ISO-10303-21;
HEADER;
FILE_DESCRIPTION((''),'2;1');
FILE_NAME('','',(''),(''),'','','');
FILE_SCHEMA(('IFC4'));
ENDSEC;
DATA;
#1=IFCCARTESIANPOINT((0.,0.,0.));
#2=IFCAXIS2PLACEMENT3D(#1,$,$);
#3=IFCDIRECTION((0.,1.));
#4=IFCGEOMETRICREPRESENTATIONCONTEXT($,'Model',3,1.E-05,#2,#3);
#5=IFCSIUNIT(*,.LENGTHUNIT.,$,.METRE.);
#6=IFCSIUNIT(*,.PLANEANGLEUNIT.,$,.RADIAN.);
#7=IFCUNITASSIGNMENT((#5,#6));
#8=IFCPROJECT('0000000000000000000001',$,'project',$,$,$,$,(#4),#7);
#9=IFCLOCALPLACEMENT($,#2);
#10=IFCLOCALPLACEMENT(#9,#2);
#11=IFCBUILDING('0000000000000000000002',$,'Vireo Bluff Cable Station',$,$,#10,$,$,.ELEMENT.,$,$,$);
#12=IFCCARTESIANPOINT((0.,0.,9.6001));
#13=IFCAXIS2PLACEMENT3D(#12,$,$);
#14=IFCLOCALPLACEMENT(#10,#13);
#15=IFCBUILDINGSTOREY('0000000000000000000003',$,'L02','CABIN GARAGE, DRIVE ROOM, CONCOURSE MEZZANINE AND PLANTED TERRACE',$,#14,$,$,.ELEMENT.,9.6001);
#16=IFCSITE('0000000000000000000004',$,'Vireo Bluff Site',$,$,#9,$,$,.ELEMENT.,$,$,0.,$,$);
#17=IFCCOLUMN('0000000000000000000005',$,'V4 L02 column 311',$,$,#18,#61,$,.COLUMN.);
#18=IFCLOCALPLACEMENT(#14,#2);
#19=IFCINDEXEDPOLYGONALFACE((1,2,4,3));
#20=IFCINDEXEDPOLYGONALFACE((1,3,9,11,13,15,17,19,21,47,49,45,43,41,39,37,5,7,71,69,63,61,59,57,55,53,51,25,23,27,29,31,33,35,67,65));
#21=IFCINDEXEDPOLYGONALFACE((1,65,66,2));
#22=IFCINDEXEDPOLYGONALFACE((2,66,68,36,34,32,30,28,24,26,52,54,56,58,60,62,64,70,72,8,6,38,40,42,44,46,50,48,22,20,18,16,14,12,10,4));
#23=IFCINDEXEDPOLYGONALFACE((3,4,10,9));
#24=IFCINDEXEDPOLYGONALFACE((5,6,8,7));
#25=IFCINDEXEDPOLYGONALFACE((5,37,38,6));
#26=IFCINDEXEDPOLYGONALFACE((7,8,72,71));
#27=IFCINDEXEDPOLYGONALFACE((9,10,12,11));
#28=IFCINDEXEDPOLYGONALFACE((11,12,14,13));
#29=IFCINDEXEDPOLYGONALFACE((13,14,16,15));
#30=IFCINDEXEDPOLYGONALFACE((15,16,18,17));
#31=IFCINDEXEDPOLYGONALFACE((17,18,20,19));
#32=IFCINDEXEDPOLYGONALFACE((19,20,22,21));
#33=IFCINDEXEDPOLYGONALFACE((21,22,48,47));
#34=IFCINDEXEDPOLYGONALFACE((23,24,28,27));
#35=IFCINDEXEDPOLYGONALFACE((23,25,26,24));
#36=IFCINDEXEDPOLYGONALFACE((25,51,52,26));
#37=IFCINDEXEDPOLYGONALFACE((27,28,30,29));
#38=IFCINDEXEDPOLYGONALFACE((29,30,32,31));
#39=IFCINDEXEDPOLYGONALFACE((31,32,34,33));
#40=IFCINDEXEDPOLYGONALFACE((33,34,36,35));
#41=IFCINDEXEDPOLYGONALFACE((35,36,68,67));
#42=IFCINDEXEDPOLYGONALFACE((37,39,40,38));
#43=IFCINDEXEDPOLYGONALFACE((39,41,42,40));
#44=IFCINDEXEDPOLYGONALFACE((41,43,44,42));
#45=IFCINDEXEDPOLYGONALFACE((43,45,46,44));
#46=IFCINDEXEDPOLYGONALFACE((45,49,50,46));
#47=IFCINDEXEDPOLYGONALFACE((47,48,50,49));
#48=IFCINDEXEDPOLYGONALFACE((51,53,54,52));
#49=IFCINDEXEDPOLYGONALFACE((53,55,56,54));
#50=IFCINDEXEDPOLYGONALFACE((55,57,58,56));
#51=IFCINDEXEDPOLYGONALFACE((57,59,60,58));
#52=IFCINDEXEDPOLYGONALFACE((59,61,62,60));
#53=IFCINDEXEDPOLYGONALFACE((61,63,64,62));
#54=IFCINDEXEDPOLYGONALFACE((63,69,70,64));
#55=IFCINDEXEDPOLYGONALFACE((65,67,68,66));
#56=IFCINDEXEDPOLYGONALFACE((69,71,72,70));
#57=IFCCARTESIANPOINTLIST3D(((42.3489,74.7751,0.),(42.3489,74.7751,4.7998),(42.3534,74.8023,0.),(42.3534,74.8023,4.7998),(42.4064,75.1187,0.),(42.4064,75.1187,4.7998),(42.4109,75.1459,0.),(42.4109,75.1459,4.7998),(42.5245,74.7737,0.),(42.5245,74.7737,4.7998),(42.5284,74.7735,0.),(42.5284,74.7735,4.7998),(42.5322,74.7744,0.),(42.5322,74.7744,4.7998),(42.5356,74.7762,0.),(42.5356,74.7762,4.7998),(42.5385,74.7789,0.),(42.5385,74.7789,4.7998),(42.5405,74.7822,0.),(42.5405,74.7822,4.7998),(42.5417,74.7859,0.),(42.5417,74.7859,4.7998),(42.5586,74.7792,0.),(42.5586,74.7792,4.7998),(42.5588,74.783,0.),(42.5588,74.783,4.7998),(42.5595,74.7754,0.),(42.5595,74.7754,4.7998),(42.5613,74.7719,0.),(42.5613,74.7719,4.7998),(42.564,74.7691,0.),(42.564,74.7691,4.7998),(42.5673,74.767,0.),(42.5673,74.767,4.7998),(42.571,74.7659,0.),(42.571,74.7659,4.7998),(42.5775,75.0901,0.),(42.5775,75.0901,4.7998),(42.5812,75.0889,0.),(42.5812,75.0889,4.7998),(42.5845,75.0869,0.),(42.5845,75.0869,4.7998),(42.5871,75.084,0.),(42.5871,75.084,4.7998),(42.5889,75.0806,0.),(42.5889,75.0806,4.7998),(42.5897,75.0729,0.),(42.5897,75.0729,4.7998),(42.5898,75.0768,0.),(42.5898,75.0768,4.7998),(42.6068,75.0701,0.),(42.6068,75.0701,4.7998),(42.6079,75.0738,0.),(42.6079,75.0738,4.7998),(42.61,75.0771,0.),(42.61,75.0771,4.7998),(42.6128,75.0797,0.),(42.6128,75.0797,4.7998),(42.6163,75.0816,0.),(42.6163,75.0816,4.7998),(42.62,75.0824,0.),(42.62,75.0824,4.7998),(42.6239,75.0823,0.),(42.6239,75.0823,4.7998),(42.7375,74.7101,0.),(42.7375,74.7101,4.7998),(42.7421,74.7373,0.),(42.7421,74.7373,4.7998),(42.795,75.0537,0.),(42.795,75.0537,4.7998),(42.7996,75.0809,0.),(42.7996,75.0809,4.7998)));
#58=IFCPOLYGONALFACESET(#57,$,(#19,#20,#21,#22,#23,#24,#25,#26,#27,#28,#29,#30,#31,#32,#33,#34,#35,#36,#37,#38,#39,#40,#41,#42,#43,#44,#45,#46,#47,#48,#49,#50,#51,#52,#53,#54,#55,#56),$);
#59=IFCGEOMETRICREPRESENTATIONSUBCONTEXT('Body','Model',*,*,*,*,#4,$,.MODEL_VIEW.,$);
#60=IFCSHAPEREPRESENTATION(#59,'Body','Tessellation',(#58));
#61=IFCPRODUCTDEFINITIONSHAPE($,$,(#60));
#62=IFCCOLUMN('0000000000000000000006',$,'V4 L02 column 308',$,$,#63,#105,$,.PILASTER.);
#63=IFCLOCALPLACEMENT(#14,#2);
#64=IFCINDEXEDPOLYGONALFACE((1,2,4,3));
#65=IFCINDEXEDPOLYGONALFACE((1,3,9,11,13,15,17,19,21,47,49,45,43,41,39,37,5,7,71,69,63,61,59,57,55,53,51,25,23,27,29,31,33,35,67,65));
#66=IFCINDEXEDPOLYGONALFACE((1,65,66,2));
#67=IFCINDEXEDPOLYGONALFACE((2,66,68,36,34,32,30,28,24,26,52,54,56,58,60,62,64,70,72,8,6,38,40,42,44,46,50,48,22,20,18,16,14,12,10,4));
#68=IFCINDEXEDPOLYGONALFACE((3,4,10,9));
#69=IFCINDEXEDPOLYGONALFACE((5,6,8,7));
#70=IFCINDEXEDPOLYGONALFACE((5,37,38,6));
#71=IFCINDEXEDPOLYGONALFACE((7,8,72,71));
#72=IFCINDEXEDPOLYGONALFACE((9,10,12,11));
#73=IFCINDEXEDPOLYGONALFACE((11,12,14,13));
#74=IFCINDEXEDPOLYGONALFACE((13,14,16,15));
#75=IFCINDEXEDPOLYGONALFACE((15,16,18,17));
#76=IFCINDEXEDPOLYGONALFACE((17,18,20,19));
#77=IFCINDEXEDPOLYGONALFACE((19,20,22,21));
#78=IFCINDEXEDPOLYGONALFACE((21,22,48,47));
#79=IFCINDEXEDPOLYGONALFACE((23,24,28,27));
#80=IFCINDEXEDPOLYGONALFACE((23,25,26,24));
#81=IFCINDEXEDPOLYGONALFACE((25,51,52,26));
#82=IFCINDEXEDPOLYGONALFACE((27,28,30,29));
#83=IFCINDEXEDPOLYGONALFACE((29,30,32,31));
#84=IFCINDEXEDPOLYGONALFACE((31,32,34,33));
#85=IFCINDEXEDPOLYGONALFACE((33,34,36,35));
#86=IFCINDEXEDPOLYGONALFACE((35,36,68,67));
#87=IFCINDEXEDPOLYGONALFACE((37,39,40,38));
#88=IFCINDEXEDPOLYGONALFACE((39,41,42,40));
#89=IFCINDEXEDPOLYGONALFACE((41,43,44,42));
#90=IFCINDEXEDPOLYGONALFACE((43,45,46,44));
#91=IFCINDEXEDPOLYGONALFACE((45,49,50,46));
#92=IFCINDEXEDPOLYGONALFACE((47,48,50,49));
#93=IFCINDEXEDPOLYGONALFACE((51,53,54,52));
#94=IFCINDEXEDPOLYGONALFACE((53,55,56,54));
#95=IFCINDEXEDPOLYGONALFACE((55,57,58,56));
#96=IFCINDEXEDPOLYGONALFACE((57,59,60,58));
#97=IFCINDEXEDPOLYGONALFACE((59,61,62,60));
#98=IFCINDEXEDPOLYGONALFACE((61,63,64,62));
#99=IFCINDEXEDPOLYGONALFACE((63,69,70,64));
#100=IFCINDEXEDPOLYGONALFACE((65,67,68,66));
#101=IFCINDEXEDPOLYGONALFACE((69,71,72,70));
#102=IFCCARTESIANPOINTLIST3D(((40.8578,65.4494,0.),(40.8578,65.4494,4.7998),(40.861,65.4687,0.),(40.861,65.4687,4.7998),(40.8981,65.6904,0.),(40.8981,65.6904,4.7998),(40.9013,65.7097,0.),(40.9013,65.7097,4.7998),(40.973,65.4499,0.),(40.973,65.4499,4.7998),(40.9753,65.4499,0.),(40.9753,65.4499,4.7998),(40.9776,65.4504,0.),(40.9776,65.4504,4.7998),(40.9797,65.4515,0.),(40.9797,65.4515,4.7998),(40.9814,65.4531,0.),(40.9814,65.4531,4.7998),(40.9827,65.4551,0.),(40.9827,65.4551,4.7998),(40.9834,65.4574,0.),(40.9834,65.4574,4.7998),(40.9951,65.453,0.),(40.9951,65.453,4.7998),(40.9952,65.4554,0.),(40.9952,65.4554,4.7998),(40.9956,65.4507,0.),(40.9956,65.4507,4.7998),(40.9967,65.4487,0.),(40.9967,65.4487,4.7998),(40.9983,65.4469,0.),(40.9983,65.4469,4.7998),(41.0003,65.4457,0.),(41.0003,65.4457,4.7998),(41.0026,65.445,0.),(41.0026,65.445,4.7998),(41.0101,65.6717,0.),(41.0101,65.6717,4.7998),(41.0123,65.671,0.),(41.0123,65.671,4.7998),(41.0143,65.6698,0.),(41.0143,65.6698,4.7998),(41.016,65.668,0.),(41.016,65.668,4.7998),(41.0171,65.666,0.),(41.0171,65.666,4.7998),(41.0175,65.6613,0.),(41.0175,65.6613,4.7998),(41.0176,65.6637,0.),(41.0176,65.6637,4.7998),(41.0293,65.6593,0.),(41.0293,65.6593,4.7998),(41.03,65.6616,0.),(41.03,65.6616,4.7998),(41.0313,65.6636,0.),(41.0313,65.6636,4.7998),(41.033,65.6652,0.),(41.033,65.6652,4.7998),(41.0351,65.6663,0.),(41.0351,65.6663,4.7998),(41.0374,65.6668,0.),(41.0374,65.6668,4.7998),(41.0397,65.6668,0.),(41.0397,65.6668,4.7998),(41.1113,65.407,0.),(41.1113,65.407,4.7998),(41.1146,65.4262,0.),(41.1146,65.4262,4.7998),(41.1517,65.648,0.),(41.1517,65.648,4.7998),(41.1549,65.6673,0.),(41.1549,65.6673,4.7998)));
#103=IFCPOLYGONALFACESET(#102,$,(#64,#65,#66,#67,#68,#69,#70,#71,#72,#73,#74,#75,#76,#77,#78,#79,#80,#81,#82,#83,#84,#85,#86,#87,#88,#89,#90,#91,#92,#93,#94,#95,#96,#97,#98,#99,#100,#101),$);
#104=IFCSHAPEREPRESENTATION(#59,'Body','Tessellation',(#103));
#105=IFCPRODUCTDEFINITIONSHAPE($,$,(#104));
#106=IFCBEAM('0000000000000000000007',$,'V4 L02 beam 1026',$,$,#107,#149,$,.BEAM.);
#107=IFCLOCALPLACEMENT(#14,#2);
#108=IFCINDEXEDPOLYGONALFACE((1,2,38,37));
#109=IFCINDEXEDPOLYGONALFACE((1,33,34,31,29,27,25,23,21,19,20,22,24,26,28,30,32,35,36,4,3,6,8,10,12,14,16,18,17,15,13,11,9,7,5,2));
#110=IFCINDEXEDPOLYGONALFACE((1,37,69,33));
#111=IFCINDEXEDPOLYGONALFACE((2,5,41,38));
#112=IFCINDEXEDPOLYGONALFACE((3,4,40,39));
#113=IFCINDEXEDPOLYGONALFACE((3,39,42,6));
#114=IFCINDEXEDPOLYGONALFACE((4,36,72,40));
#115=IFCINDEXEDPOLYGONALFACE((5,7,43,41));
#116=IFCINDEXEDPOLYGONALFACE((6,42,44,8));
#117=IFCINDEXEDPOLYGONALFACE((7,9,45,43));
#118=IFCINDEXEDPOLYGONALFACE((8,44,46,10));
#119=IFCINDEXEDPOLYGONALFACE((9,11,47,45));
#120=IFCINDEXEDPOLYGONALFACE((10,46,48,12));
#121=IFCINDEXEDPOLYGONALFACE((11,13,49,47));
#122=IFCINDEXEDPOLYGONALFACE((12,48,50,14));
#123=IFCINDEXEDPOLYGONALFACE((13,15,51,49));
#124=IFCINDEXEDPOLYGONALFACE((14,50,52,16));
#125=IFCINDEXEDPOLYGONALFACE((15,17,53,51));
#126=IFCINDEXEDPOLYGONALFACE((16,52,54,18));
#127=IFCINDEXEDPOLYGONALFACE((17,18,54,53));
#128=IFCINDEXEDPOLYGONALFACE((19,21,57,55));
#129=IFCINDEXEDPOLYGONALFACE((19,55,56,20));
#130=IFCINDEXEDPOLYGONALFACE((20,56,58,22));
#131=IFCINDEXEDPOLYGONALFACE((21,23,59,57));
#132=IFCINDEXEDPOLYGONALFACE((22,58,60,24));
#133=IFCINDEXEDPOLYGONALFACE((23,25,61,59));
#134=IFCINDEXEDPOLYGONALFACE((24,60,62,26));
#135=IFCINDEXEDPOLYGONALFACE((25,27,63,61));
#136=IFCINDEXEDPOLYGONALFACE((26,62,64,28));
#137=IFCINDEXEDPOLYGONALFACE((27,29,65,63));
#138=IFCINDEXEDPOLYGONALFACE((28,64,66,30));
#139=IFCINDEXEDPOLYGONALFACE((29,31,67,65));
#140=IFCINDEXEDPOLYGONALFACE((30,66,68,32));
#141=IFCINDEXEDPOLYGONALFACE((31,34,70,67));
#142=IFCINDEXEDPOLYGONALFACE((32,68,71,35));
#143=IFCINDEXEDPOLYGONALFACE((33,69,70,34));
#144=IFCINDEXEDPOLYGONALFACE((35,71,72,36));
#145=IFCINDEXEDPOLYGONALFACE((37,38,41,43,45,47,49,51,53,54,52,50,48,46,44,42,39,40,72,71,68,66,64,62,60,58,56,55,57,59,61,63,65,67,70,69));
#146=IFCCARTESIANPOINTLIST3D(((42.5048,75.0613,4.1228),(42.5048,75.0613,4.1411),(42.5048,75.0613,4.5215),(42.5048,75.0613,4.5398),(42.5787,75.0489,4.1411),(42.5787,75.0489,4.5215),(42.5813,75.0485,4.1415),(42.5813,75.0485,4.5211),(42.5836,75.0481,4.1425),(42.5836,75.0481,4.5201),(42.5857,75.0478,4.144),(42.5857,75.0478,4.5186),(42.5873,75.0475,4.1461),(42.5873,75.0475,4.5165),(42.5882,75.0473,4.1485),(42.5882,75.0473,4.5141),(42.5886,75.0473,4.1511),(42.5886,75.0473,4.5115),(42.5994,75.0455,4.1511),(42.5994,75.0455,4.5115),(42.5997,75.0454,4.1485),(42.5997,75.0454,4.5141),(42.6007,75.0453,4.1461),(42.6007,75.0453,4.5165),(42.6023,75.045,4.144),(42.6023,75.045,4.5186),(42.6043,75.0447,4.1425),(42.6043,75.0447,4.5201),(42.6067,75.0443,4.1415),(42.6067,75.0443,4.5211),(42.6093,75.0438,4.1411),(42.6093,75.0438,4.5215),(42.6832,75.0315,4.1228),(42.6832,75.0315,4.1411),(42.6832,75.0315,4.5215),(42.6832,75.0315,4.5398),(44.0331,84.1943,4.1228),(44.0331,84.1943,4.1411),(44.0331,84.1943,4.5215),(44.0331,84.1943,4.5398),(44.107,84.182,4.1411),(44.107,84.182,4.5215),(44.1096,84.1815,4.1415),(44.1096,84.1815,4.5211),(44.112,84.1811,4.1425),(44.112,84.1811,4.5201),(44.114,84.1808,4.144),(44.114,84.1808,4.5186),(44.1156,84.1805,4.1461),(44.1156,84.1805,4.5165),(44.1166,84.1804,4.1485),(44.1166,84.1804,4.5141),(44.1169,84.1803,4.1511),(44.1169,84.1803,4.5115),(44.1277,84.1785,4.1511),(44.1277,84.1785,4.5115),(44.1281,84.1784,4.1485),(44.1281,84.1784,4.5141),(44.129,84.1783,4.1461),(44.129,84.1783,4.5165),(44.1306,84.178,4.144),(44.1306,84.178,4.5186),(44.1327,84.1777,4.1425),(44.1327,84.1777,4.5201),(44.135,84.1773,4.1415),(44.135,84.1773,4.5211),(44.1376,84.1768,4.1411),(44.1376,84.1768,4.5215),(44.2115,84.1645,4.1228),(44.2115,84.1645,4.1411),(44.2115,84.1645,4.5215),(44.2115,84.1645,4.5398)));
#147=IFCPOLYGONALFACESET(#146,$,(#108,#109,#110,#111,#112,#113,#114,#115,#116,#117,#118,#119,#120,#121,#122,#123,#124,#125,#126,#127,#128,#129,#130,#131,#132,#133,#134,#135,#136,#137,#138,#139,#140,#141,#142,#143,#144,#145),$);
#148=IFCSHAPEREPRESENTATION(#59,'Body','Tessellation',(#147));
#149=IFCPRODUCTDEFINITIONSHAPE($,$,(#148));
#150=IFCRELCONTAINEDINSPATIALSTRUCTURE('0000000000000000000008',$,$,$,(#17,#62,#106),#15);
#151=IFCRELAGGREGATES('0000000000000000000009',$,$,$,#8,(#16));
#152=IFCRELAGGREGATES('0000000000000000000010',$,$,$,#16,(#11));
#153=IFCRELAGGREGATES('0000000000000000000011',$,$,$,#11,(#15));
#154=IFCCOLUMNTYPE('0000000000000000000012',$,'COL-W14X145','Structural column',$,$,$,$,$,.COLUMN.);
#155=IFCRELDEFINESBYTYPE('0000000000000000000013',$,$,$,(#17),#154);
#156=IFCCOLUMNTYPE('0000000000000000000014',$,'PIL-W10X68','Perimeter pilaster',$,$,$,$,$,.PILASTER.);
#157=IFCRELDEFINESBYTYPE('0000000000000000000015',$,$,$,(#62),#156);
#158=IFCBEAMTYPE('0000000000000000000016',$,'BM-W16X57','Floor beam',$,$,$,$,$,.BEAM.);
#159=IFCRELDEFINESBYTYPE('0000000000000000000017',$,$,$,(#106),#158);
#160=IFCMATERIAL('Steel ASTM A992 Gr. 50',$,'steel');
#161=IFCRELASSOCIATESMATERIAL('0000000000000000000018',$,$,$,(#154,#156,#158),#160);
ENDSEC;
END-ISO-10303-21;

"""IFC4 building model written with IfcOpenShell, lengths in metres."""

from ifc_helpers import new_model, si_unit, direction, frame, origin, origin_2d, place, context, subcontext, project, spatial, i_section, extrude, material, material_profile, profile_set, type_object, element, save


model = new_model("IFC4")

# Units and contexts
model_context = context("Model", 3, precision=1e-05, world=origin(), true_north=direction((0.0, 1.0)))
body_context = subcontext(model_context, "Body", "Model", "MODEL_VIEW")
ifc_project = project(units=[si_unit("LENGTHUNIT", "METRE"), si_unit("PLANEANGLEUNIT", "RADIAN")], contexts=[model_context])

# Site, building, storey
site_placement = place(None, origin())
site = spatial("IfcSite", under=ifc_project, at=site_placement, Name="Vireo Bluff Site", CompositionType="ELEMENT", RefElevation=0.0)
building_placement = place(site_placement, origin())
building = spatial("IfcBuilding", under=site, at=building_placement, Name="Vireo Bluff Cable Station", CompositionType="ELEMENT")
storey_placement = place(building_placement, frame((0.0, 0.0, 9.6001)))
storey = spatial("IfcBuildingStorey", under=building, at=storey_placement, Name="L02", Description="CABIN GARAGE, DRIVE ROOM, CONCOURSE MEZZANINE AND PLANTED TERRACE", CompositionType="ELEMENT", Elevation=9.6001)

# Columns
ifc_material_1 = material(Name="Steel ASTM A992 Gr. 50", Category="steel")
ifc_material_profile_1 = material_profile(ifc_material_1, i_section(OverallWidth=0.394, OverallDepth=0.376, WebThickness=0.0173, FlangeThickness=0.0276, FilletRadius=0.0149, at=origin_2d()), Name="W14X145")
ifc_profile_set_1 = profile_set([ifc_material_profile_1], Name="Steel ASTM A992 Gr. 50")
column_type_1 = type_object("IfcColumnType", Name="COL-W14X145", Description="Structural column", PredefinedType="COLUMN", material=ifc_profile_set_1)
column_1_placement = place(storey_placement, frame((42.5742, 74.928, 0.0), z_axis=(0.0, 0.0, 1.0), x_axis=(0.986286, -0.165048, 0.0)))
element("IfcColumn", 1, at=column_1_placement, inside=storey, type_object=column_type_1, Name="V4 L02 column 311", PredefinedType="COLUMN", context=body_context, shape_type="SweptSolid", body=[
    extrude(i_section(OverallWidth=0.394, OverallDepth=0.376, WebThickness=0.0173, FlangeThickness=0.0276, FilletRadius=0.0149, at=origin_2d()), origin(), (0.0, 0.0, 1.0), 4.7998),
])
ifc_material_profile_2 = material_profile(ifc_material_1, i_section(OverallWidth=0.2571, OverallDepth=0.2639, WebThickness=0.012, FlangeThickness=0.0195, FilletRadius=0.009, at=origin_2d()), Name="W10X68")
ifc_profile_set_2 = profile_set([ifc_material_profile_2], Name="Steel ASTM A992 Gr. 50")
column_type_2 = type_object("IfcColumnType", Name="PIL-W10X68", Description="Perimeter pilaster", PredefinedType="PILASTER", material=ifc_profile_set_2)
column_2_placement = place(storey_placement, frame((41.0063, 65.5583, 0.0), z_axis=(0.0, 0.0, 1.0), x_axis=(0.986286, -0.165048, 0.0)))
element("IfcColumn", 2, at=column_2_placement, inside=storey, type_object=column_type_2, Name="V4 L02 column 308", PredefinedType="PILASTER", context=body_context, shape_type="SweptSolid", body=[
    extrude(i_section(OverallWidth=0.2571, OverallDepth=0.2639, WebThickness=0.012, FlangeThickness=0.0195, FilletRadius=0.009, at=origin_2d()), origin(), (0.0, 0.0, 1.0), 4.7998),
])

# Beam
ifc_material_profile_3 = material_profile(ifc_material_1, i_section(OverallWidth=0.1809, OverallDepth=0.417, WebThickness=0.011, FlangeThickness=0.0183, FilletRadius=0.01, at=origin_2d()), Name="W16X57")
ifc_profile_set_3 = profile_set([ifc_material_profile_3], Name="Steel ASTM A992 Gr. 50")
beam_type_1 = type_object("IfcBeamType", Name="BM-W16X57", Description="Floor beam", PredefinedType="BEAM", material=ifc_profile_set_3)
beam_1_placement = place(storey_placement, frame((42.594, 75.0464, 4.3313), z_axis=(0.165045, 0.986286, 0.0), x_axis=(-0.986286, 0.165045, 0.0)))
element("IfcBeam", 3, at=beam_1_placement, inside=storey, type_object=beam_type_1, Name="V4 L02 beam 1026", PredefinedType="BEAM", context=body_context, shape_type="SweptSolid", body=[
    extrude(i_section(OverallWidth=0.1809, OverallDepth=0.417, WebThickness=0.011, FlangeThickness=0.0183, FilletRadius=0.01, at=origin_2d()), origin(), (0.0, 0.0, 1.0), 9.26),
])

save(model, "model.ifc")
